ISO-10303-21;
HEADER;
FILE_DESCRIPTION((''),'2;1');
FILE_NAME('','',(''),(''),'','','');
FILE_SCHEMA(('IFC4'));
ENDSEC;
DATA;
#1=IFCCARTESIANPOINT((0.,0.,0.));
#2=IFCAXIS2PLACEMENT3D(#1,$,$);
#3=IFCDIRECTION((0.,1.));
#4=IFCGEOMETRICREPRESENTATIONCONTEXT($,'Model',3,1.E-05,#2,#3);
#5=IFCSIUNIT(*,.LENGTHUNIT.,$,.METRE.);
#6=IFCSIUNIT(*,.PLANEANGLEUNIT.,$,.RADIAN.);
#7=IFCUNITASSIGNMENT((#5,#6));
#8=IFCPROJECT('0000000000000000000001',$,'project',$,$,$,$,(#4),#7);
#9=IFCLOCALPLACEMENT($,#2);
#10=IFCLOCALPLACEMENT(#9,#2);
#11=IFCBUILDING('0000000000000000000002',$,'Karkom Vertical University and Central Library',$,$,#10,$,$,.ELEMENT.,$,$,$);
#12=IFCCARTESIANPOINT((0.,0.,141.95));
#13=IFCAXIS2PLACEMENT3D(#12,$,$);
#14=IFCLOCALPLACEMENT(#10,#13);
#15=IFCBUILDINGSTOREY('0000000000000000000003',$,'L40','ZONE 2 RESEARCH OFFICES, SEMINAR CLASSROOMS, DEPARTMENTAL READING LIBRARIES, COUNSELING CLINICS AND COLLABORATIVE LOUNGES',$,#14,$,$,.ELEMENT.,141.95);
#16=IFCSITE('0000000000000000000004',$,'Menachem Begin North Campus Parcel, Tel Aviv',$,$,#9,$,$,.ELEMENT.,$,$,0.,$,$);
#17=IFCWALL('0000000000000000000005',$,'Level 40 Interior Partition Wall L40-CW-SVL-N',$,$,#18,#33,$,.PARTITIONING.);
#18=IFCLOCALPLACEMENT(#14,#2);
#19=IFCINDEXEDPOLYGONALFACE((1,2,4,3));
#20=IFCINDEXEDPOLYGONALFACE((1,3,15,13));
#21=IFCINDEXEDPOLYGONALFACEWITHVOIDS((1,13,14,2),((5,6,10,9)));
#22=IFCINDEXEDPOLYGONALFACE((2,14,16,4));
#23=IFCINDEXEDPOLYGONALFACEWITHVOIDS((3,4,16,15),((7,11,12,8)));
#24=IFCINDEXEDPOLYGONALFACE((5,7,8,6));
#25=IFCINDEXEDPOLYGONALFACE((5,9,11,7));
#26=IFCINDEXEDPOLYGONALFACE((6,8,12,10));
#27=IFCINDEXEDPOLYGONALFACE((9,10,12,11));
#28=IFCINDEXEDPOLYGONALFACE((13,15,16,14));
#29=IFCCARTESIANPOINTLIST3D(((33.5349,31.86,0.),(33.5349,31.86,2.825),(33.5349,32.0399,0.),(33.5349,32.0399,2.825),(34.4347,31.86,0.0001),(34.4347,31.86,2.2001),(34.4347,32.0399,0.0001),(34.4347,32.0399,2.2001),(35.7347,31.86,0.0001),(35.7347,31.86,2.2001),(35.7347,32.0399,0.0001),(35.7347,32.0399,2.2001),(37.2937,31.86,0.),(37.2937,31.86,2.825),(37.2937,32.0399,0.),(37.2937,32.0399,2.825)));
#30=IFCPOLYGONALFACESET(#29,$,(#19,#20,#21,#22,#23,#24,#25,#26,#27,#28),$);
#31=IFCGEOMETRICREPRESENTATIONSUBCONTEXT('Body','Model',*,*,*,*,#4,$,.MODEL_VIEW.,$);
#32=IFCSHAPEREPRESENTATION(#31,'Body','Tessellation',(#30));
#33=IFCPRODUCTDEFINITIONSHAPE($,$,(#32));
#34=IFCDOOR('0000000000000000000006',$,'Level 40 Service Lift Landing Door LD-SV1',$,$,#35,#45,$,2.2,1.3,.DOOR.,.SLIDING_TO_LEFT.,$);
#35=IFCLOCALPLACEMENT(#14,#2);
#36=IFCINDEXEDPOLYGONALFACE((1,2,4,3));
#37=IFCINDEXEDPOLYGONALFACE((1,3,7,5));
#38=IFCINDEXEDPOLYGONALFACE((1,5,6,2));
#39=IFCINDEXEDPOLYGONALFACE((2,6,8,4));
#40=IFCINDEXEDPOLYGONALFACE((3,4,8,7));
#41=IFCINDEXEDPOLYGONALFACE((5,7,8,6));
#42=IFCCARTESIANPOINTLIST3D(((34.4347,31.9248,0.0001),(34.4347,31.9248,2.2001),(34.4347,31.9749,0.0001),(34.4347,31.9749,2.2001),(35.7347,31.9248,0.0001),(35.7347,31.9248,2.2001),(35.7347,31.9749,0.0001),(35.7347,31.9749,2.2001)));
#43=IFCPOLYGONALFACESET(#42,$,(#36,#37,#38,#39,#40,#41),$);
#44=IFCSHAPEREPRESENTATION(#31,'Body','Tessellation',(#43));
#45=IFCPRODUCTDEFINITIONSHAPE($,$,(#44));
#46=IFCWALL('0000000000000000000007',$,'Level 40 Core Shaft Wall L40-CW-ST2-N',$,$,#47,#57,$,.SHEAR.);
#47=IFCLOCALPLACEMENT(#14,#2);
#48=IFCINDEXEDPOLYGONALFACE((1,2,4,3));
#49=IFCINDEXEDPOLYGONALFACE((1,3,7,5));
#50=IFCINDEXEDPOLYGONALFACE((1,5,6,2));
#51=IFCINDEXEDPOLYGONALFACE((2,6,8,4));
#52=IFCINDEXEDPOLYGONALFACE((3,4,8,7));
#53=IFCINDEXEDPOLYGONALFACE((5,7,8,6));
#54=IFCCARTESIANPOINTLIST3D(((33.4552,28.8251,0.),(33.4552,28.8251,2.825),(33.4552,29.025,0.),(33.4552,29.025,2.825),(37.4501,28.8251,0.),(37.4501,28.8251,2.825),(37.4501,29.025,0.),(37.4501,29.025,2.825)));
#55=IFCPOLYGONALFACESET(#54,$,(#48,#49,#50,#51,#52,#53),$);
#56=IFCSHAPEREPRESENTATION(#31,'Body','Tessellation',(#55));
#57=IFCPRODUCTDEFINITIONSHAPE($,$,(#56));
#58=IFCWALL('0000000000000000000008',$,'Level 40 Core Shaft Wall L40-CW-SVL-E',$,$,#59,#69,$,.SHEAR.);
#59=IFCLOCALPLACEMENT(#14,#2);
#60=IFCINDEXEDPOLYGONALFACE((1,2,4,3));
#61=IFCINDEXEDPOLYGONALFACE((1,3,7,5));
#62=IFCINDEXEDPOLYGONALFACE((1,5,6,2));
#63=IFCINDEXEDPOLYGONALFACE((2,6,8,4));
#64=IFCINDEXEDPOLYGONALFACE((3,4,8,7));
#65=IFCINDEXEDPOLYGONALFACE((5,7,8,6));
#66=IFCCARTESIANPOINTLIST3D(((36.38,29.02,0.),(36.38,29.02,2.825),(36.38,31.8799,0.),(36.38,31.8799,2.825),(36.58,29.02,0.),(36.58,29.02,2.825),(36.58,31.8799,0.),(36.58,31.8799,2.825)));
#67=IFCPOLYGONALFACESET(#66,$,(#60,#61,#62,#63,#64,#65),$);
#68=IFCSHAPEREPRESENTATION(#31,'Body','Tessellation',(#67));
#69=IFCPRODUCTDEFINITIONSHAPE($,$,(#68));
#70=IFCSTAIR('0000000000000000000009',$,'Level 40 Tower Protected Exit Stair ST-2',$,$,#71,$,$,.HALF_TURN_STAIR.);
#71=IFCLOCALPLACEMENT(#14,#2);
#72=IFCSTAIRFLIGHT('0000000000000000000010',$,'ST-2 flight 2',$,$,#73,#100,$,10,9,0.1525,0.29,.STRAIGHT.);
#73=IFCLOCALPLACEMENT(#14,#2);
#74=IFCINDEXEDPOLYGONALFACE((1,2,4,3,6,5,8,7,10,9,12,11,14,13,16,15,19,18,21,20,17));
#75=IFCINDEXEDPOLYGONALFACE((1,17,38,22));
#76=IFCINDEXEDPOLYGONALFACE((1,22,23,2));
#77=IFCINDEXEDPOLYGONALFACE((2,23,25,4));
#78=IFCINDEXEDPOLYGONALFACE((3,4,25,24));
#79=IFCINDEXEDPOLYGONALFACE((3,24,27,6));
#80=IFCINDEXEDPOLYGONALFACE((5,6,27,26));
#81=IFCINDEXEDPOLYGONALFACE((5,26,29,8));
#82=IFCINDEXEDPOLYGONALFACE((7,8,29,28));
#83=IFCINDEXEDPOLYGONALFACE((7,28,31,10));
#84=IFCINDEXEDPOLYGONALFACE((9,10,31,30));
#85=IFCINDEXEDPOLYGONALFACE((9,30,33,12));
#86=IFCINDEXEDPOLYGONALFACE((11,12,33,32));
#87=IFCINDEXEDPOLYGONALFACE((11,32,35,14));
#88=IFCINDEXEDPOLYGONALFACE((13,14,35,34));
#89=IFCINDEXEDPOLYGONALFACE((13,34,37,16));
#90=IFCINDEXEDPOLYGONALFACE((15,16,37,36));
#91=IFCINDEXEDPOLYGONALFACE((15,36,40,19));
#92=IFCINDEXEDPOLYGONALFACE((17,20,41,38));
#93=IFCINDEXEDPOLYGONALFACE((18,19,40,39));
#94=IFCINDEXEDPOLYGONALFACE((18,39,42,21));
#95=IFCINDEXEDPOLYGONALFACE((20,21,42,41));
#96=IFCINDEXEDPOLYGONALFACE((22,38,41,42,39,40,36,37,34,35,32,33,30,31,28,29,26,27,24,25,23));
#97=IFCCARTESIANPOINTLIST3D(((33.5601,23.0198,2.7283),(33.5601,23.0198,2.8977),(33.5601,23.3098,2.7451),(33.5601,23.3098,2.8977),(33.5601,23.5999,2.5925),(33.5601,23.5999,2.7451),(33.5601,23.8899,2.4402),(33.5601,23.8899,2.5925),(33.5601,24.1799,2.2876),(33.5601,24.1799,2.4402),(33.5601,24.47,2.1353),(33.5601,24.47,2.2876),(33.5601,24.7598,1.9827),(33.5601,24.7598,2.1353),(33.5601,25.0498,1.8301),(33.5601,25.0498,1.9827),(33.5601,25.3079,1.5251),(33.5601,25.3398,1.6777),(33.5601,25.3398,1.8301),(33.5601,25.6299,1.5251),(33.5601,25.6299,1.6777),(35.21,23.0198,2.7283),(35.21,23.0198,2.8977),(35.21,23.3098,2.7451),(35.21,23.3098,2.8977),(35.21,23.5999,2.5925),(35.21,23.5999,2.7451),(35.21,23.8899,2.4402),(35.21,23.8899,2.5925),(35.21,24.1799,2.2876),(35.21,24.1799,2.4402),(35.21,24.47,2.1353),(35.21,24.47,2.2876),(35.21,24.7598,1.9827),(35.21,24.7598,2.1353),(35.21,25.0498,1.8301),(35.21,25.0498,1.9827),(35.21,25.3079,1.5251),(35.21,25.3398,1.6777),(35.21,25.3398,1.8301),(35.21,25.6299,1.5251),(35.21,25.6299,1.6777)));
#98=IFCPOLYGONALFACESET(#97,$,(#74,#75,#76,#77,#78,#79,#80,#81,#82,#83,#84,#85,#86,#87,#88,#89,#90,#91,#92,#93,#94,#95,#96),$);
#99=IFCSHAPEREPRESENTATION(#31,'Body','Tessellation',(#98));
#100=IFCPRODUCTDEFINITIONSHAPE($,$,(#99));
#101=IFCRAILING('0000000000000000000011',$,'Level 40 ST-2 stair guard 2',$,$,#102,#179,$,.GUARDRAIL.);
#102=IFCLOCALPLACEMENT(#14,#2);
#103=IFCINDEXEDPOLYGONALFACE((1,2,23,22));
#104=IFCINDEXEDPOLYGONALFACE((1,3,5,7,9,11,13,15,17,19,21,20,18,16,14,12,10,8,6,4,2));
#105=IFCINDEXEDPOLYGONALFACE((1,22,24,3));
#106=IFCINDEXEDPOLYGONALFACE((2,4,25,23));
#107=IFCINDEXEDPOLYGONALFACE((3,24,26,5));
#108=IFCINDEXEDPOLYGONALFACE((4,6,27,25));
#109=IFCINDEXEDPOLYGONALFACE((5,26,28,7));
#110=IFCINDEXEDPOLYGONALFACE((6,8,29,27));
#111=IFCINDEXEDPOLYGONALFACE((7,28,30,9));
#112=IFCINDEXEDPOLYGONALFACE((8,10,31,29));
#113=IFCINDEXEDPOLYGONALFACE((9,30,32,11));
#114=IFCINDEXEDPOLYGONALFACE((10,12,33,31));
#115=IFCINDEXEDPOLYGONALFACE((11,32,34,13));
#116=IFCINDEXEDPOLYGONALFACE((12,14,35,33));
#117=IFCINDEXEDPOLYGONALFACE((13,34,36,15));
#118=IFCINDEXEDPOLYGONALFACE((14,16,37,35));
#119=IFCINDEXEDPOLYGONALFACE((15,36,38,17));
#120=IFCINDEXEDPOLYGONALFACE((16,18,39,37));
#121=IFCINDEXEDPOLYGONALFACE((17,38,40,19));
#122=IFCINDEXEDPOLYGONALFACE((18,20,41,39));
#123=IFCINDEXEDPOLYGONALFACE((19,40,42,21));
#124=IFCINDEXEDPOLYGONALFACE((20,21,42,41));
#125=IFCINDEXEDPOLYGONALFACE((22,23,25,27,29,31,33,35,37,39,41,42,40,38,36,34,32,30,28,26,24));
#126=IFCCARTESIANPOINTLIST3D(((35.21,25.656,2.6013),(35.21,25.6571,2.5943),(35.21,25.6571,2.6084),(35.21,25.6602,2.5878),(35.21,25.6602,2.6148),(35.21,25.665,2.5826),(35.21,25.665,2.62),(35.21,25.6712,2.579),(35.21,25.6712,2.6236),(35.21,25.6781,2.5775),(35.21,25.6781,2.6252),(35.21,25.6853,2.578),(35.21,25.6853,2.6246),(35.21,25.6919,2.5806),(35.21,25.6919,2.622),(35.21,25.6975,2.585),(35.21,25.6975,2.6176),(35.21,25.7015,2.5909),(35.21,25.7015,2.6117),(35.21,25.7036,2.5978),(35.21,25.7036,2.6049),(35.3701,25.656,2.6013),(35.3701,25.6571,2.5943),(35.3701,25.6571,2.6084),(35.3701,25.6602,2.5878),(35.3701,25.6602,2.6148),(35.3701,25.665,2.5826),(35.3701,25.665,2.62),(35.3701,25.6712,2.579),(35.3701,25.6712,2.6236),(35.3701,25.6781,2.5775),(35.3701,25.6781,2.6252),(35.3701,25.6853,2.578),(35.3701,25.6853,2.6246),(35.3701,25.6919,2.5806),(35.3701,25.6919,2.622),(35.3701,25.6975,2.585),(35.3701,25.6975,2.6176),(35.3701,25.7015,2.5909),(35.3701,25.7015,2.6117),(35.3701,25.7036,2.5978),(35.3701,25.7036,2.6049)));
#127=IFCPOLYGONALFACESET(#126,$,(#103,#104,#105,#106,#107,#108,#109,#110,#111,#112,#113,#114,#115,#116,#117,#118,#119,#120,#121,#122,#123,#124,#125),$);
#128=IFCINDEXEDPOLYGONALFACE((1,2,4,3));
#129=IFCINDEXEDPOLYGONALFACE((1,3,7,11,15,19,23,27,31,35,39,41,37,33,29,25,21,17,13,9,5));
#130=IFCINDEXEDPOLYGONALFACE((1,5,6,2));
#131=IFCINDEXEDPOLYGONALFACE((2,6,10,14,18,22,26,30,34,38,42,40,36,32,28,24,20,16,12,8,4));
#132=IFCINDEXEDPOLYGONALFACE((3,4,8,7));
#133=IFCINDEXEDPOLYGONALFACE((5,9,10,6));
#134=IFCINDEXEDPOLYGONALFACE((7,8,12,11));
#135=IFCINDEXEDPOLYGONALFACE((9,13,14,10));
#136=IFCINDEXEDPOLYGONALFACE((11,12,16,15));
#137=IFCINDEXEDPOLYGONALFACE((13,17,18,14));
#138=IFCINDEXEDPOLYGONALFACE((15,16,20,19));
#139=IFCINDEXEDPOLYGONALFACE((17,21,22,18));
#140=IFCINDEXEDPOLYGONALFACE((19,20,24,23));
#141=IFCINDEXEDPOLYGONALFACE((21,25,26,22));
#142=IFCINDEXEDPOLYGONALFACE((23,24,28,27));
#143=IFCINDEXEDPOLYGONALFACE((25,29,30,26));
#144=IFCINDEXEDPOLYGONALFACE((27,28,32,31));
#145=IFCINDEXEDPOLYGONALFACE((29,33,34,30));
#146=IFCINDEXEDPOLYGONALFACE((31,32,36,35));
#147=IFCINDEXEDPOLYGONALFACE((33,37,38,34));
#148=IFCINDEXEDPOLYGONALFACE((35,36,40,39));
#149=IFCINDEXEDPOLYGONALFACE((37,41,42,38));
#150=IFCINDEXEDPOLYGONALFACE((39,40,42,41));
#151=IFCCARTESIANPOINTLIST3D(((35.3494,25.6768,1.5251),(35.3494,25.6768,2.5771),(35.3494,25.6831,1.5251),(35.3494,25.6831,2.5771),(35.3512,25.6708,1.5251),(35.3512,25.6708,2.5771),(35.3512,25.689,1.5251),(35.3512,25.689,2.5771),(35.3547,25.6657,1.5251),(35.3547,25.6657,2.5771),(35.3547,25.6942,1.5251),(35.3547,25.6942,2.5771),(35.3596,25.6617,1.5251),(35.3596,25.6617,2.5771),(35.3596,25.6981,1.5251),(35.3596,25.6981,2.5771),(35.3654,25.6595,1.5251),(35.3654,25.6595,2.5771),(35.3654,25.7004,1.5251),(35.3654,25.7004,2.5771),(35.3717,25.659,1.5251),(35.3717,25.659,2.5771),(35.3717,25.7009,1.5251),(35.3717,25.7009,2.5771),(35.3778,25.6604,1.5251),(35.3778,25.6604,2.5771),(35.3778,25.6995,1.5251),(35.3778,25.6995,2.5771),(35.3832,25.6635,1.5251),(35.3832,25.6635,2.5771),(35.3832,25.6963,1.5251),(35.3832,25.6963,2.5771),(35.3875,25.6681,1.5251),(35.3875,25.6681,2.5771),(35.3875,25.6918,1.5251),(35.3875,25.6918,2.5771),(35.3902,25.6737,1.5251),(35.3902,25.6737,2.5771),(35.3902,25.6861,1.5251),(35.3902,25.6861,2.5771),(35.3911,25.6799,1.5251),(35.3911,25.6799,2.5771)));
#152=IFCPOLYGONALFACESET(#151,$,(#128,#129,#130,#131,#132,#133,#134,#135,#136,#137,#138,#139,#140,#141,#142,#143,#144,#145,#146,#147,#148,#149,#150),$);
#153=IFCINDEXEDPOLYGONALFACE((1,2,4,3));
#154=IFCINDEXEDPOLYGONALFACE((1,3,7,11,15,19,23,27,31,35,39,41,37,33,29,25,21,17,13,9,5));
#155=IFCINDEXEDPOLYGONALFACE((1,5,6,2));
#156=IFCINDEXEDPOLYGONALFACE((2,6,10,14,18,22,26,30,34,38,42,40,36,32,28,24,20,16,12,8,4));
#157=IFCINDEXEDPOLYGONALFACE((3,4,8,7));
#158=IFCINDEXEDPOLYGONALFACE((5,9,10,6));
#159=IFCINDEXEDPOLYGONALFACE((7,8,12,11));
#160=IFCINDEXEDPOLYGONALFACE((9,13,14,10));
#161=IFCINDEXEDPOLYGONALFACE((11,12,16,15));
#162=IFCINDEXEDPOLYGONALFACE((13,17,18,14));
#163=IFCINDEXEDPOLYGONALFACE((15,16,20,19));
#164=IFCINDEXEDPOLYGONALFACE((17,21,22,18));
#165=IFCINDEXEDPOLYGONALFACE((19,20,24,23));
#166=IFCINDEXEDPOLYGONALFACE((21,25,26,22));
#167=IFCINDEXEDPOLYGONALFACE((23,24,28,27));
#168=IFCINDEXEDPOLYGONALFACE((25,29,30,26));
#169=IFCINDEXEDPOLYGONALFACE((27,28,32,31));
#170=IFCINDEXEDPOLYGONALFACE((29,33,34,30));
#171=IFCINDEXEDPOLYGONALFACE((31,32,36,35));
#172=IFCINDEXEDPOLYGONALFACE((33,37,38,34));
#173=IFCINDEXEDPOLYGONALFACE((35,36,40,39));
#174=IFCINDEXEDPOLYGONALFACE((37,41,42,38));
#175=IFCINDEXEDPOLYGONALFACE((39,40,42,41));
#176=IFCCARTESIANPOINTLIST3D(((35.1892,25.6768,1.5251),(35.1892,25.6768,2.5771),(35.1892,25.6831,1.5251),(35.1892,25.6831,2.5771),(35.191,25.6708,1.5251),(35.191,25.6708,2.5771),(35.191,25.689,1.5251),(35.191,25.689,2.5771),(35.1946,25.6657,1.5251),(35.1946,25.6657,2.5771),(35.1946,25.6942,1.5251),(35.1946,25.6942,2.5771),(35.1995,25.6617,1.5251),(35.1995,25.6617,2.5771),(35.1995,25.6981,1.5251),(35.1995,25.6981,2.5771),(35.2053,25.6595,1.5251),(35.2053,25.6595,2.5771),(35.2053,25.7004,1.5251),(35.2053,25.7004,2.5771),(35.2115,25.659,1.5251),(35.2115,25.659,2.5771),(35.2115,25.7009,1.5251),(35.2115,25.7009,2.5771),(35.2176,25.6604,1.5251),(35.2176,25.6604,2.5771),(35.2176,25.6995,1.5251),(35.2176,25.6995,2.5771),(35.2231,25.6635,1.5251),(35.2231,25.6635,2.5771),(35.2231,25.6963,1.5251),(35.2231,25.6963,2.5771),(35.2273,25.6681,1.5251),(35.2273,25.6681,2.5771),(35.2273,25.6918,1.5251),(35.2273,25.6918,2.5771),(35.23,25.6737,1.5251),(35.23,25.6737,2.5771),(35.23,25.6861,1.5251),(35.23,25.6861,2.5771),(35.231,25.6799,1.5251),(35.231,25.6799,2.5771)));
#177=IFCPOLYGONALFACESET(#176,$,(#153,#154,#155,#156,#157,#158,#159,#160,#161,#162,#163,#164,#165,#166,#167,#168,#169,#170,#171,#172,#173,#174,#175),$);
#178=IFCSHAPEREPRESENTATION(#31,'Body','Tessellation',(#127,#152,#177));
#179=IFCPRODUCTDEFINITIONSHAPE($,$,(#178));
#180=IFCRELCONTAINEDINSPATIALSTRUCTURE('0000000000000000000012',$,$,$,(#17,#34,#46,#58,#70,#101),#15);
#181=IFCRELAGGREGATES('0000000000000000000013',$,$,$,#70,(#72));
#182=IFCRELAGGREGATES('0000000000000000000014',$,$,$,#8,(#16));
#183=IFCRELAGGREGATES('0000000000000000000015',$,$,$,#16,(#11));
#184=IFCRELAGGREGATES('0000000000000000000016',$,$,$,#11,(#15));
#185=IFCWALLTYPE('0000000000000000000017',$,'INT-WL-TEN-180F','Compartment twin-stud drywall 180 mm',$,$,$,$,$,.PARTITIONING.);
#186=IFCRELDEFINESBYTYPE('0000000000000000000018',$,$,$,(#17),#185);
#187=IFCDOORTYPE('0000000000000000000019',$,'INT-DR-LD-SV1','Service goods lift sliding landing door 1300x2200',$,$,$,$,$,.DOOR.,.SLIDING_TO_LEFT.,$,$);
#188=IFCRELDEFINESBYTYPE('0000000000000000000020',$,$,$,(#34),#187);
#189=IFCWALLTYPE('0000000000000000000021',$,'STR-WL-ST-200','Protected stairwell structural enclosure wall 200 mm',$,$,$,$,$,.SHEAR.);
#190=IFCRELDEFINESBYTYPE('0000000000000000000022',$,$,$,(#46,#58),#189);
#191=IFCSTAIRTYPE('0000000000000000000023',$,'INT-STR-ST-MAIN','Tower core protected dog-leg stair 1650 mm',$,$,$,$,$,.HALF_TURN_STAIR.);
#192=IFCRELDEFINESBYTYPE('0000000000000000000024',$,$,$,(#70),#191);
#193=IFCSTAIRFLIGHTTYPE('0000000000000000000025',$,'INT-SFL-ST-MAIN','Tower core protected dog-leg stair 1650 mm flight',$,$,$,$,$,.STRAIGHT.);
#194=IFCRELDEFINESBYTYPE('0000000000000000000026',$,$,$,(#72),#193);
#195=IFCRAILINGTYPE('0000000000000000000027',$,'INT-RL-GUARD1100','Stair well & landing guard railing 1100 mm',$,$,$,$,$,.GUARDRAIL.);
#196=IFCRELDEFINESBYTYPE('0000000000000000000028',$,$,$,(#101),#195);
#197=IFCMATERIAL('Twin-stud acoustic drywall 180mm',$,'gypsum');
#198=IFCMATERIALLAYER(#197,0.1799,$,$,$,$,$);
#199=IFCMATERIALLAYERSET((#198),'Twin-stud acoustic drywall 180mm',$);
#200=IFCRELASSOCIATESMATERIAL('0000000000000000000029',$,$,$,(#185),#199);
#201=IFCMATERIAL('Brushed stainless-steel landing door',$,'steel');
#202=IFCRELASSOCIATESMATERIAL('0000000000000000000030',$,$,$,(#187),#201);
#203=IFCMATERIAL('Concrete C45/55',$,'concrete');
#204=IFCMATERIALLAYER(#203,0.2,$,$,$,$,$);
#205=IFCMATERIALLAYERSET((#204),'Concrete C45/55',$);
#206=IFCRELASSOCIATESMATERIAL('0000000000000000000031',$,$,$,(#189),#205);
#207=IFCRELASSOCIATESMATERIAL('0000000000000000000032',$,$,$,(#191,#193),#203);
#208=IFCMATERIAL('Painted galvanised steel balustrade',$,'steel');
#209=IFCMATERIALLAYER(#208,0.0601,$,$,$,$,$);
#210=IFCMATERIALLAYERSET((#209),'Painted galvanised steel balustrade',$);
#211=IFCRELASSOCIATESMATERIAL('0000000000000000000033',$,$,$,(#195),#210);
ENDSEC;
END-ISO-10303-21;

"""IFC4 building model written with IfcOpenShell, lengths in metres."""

from ifc_helpers import new_model, si_unit, direction, frame, frame_2d, origin, origin_with_axes, origin_2d, place, context, subcontext, project, spatial, polyline, rectangle, circle, outline, extrude, source, transform, mapped, material, layer, layer_set, type_object, element, fill, aggregate, save


model = new_model("IFC4")

# Units and contexts
model_context = context("Model", 3, precision=1e-05, world=origin(), true_north=direction((0.0, 1.0)))
body_context = subcontext(model_context, "Body", "Model", "MODEL_VIEW")
ifc_project = project(units=[si_unit("LENGTHUNIT", "METRE"), si_unit("PLANEANGLEUNIT", "RADIAN")], contexts=[model_context])

# Site, building, storey
site_placement = place(None, origin())
site = spatial("IfcSite", under=ifc_project, at=site_placement, Name="Menachem Begin North Campus Parcel, Tel Aviv", CompositionType="ELEMENT", RefElevation=0.0)
building_placement = place(site_placement, origin())
building = spatial("IfcBuilding", under=site, at=building_placement, Name="Karkom Vertical University and Central Library", CompositionType="ELEMENT")
storey_placement = place(building_placement, frame((0.0, 0.0, 141.95)))
storey = spatial("IfcBuildingStorey", under=building, at=storey_placement, Name="L40", Description="ZONE 2 RESEARCH OFFICES, SEMINAR CLASSROOMS, DEPARTMENTAL READING LIBRARIES, COUNSELING CLINICS AND COLLABORATIVE LOUNGES", CompositionType="ELEMENT", Elevation=141.95)

# Wall, opening, door
ifc_material_1 = material(Name="Twin-stud acoustic drywall 180mm", Category="gypsum")
ifc_layer_1 = layer(ifc_material_1, 0.1799)
ifc_layer_set_1 = layer_set([ifc_layer_1], Name="Twin-stud acoustic drywall 180mm")
wall_type_1 = type_object("IfcWallType", Name="INT-WL-TEN-180F", Description="Compartment twin-stud drywall 180 mm", PredefinedType="PARTITIONING", material=ifc_layer_set_1)
wall_1_placement = place(storey_placement, frame((33.5349, 31.95, 0.0), z_axis=(0.0, 0.0, 1.0), x_axis=(1.0, 0.0, 0.0)))
wall_1 = element("IfcWall", 1, at=wall_1_placement, inside=storey, type_object=wall_type_1, Name="Level 40 Interior Partition Wall L40-CW-SVL-N", PredefinedType="PARTITIONING", context=body_context, shape_type="SweptSolid", body=[
    extrude(rectangle(XDim=3.7588, YDim=0.1799, at=frame_2d((1.8794, 0.0))), origin(), (0.0, 0.0, 1.0), 2.825),
])
opening_1_placement = place(wall_1_placement, frame((0.8999, 0.0, 0.0)))
opening_1 = element("IfcOpeningElement", 2, at=opening_1_placement, cuts=wall_1, PredefinedType="OPENING", context=body_context, shape_type="SweptSolid", body=[
    extrude(rectangle(XDim=1.3, YDim=2.2, at=frame_2d((0.6499, 1.1001))), frame((0.0, 0.1001, 0.0), z_axis=(0.0, -1.0, 0.0), x_axis=(1.0, 0.0, 0.0)), (0.0, 0.0, 1.0), 0.2),
])
ifc_material_2 = material(Name="Brushed stainless-steel landing door", Category="steel")
door_type_1 = type_object("IfcDoorType", Name="INT-DR-LD-SV1", Description="Service goods lift sliding landing door 1300x2200", OperationType="SLIDING_TO_LEFT", PredefinedType="DOOR", material=ifc_material_2)
shared_shape_1 = source(origin_with_axes(), body_context, "Body", "SweptSolid", [
    extrude(rectangle(XDim=1.3, YDim=2.2, at=frame_2d((0.6499, 1.1001))), frame((0.0, 0.0249, 0.0), z_axis=(0.0, -1.0, 0.0), x_axis=(1.0, 0.0, 0.0)), (0.0, 0.0, 1.0), 0.05),
])
door_1_placement = place(opening_1_placement, origin())
door_1 = element("IfcDoor", 3, at=door_1_placement, inside=storey, type_object=door_type_1, Name="Level 40 Service Lift Landing Door LD-SV1", OperationType="SLIDING_TO_LEFT", OverallHeight=2.2, OverallWidth=1.3, PredefinedType="DOOR", context=body_context, shape_type="MappedRepresentation", body=[
    mapped(shared_shape_1, transform((0.0, 0.0, 0.0), scale=1.0)),
])
fill(opening_1, door_1)

# Walls
ifc_material_3 = material(Name="Concrete C45/55", Category="concrete")
ifc_layer_2 = layer(ifc_material_3, 0.2)
ifc_layer_set_2 = layer_set([ifc_layer_2], Name="Concrete C45/55")
wall_type_2 = type_object("IfcWallType", Name="STR-WL-ST-200", Description="Protected stairwell structural enclosure wall 200 mm", PredefinedType="SHEAR", material=ifc_layer_set_2)
wall_2_placement = place(storey_placement, frame((33.4551, 28.925, 0.0), z_axis=(0.0, 0.0, 1.0), x_axis=(1.0, 0.0, 0.0)))
element("IfcWall", 4, at=wall_2_placement, inside=storey, type_object=wall_type_2, Name="Level 40 Core Shaft Wall L40-CW-ST2-N", PredefinedType="SHEAR", context=body_context, shape_type="SweptSolid", body=[
    extrude(rectangle(XDim=3.9949, YDim=0.2, at=frame_2d((1.9976, 0.0))), origin(), (0.0, 0.0, 1.0), 2.825),
])
wall_3_placement = place(storey_placement, frame((36.48, 29.02, 0.0), z_axis=(0.0, 0.0, 1.0), x_axis=(0.0, 1.0, 0.0)))
element("IfcWall", 5, at=wall_3_placement, inside=storey, type_object=wall_type_2, Name="Level 40 Core Shaft Wall L40-CW-SVL-E", PredefinedType="SHEAR", context=body_context, shape_type="SweptSolid", body=[
    extrude(rectangle(XDim=2.8599, YDim=0.2, at=frame_2d((1.4299, 0.0))), origin(), (0.0, 0.0, 1.0), 2.825),
])

# Stair, stair flight
stair_type = type_object("IfcStairType", Name="INT-STR-ST-MAIN", Description="Tower core protected dog-leg stair 1650 mm", PredefinedType="HALF_TURN_STAIR", material=ifc_material_3)
stair_placement = place(storey_placement, origin())
stair = element("IfcStair", 6, at=stair_placement, inside=storey, type_object=stair_type, Name="Level 40 Tower Protected Exit Stair ST-2", PredefinedType="HALF_TURN_STAIR")
stair_flight_type = type_object("IfcStairFlightType", Name="INT-SFL-ST-MAIN", Description="Tower core protected dog-leg stair 1650 mm flight", PredefinedType="STRAIGHT", material=ifc_material_3)
stair_flight_placement = place(storey_placement, frame((34.385, 25.6299, 1.5251), z_axis=(0.0, 0.0, 1.0), x_axis=(0.0, -1.0, 0.0)))
stair_flight = element("IfcStairFlight", 7, at=stair_flight_placement, type_object=stair_flight_type, Name="ST-2 flight 2", NumberOfRisers=10, NumberOfTreads=9, PredefinedType="STRAIGHT", RiserHeight=0.1525, TreadLength=0.29, context=body_context, shape_type="SweptSolid", body=[
    extrude(outline(polyline([(0.0, 0.0), (0.0, 0.1526), (0.29, 0.1526), (0.29, 0.3049), (0.5801, 0.3049), (0.5801, 0.4575), (0.8701, 0.4575), (0.8701, 0.6101), (1.1599, 0.6101), (1.1599, 0.7625), (1.45, 0.7625), (1.45, 0.915), (1.74, 0.915), (1.74, 1.0674), (2.03, 1.0674), (2.03, 1.22), (2.3201, 1.22), (2.3201, 1.3726), (2.6101, 1.3726), (2.6101, 1.5249), (2.6101, 1.2031), (0.322, 0.0), (0.0, 0.0)])), frame((0.0, 0.825, 0.0), z_axis=(0.0, -1.0, 0.0), x_axis=(1.0, 0.0, 0.0)), (0.0, 0.0, 1.0), 1.6499),
])
aggregate(stair, [stair_flight])

# Railing
ifc_material_4 = material(Name="Painted galvanised steel balustrade", Category="steel")
ifc_layer_3 = layer(ifc_material_4, 0.0601)
ifc_layer_set_3 = layer_set([ifc_layer_3], Name="Painted galvanised steel balustrade")
railing_type_1 = type_object("IfcRailingType", Name="INT-RL-GUARD1100", Description="Stair well & landing guard railing 1100 mm", PredefinedType="GUARDRAIL", material=ifc_layer_set_3)
railing_1_placement = place(storey_placement, frame((35.3701, 25.6799, 1.5251)))
element("IfcRailing", 8, at=railing_1_placement, inside=storey, type_object=railing_type_1, Name="Level 40 ST-2 stair guard 2", PredefinedType="GUARDRAIL", context=body_context, shape_type="SweptSolid", body=[
    extrude(circle(Radius=0.0239, at=origin_2d()), frame((0.0, 0.0, 1.0762), z_axis=(-1.0, 0.0, 0.0), x_axis=(0.0, -1.0, 0.0)), (0.0, 0.0, 1.0), 0.1602),
    extrude(circle(Radius=0.021, at=origin_2d()), origin(), (0.0, 0.0, 1.0), 1.052),
    extrude(circle(Radius=0.021, at=origin_2d()), frame((-0.1602, 0.0, 0.0)), (0.0, 0.0, 1.0), 1.052),
])

save(model, "model.ifc")
